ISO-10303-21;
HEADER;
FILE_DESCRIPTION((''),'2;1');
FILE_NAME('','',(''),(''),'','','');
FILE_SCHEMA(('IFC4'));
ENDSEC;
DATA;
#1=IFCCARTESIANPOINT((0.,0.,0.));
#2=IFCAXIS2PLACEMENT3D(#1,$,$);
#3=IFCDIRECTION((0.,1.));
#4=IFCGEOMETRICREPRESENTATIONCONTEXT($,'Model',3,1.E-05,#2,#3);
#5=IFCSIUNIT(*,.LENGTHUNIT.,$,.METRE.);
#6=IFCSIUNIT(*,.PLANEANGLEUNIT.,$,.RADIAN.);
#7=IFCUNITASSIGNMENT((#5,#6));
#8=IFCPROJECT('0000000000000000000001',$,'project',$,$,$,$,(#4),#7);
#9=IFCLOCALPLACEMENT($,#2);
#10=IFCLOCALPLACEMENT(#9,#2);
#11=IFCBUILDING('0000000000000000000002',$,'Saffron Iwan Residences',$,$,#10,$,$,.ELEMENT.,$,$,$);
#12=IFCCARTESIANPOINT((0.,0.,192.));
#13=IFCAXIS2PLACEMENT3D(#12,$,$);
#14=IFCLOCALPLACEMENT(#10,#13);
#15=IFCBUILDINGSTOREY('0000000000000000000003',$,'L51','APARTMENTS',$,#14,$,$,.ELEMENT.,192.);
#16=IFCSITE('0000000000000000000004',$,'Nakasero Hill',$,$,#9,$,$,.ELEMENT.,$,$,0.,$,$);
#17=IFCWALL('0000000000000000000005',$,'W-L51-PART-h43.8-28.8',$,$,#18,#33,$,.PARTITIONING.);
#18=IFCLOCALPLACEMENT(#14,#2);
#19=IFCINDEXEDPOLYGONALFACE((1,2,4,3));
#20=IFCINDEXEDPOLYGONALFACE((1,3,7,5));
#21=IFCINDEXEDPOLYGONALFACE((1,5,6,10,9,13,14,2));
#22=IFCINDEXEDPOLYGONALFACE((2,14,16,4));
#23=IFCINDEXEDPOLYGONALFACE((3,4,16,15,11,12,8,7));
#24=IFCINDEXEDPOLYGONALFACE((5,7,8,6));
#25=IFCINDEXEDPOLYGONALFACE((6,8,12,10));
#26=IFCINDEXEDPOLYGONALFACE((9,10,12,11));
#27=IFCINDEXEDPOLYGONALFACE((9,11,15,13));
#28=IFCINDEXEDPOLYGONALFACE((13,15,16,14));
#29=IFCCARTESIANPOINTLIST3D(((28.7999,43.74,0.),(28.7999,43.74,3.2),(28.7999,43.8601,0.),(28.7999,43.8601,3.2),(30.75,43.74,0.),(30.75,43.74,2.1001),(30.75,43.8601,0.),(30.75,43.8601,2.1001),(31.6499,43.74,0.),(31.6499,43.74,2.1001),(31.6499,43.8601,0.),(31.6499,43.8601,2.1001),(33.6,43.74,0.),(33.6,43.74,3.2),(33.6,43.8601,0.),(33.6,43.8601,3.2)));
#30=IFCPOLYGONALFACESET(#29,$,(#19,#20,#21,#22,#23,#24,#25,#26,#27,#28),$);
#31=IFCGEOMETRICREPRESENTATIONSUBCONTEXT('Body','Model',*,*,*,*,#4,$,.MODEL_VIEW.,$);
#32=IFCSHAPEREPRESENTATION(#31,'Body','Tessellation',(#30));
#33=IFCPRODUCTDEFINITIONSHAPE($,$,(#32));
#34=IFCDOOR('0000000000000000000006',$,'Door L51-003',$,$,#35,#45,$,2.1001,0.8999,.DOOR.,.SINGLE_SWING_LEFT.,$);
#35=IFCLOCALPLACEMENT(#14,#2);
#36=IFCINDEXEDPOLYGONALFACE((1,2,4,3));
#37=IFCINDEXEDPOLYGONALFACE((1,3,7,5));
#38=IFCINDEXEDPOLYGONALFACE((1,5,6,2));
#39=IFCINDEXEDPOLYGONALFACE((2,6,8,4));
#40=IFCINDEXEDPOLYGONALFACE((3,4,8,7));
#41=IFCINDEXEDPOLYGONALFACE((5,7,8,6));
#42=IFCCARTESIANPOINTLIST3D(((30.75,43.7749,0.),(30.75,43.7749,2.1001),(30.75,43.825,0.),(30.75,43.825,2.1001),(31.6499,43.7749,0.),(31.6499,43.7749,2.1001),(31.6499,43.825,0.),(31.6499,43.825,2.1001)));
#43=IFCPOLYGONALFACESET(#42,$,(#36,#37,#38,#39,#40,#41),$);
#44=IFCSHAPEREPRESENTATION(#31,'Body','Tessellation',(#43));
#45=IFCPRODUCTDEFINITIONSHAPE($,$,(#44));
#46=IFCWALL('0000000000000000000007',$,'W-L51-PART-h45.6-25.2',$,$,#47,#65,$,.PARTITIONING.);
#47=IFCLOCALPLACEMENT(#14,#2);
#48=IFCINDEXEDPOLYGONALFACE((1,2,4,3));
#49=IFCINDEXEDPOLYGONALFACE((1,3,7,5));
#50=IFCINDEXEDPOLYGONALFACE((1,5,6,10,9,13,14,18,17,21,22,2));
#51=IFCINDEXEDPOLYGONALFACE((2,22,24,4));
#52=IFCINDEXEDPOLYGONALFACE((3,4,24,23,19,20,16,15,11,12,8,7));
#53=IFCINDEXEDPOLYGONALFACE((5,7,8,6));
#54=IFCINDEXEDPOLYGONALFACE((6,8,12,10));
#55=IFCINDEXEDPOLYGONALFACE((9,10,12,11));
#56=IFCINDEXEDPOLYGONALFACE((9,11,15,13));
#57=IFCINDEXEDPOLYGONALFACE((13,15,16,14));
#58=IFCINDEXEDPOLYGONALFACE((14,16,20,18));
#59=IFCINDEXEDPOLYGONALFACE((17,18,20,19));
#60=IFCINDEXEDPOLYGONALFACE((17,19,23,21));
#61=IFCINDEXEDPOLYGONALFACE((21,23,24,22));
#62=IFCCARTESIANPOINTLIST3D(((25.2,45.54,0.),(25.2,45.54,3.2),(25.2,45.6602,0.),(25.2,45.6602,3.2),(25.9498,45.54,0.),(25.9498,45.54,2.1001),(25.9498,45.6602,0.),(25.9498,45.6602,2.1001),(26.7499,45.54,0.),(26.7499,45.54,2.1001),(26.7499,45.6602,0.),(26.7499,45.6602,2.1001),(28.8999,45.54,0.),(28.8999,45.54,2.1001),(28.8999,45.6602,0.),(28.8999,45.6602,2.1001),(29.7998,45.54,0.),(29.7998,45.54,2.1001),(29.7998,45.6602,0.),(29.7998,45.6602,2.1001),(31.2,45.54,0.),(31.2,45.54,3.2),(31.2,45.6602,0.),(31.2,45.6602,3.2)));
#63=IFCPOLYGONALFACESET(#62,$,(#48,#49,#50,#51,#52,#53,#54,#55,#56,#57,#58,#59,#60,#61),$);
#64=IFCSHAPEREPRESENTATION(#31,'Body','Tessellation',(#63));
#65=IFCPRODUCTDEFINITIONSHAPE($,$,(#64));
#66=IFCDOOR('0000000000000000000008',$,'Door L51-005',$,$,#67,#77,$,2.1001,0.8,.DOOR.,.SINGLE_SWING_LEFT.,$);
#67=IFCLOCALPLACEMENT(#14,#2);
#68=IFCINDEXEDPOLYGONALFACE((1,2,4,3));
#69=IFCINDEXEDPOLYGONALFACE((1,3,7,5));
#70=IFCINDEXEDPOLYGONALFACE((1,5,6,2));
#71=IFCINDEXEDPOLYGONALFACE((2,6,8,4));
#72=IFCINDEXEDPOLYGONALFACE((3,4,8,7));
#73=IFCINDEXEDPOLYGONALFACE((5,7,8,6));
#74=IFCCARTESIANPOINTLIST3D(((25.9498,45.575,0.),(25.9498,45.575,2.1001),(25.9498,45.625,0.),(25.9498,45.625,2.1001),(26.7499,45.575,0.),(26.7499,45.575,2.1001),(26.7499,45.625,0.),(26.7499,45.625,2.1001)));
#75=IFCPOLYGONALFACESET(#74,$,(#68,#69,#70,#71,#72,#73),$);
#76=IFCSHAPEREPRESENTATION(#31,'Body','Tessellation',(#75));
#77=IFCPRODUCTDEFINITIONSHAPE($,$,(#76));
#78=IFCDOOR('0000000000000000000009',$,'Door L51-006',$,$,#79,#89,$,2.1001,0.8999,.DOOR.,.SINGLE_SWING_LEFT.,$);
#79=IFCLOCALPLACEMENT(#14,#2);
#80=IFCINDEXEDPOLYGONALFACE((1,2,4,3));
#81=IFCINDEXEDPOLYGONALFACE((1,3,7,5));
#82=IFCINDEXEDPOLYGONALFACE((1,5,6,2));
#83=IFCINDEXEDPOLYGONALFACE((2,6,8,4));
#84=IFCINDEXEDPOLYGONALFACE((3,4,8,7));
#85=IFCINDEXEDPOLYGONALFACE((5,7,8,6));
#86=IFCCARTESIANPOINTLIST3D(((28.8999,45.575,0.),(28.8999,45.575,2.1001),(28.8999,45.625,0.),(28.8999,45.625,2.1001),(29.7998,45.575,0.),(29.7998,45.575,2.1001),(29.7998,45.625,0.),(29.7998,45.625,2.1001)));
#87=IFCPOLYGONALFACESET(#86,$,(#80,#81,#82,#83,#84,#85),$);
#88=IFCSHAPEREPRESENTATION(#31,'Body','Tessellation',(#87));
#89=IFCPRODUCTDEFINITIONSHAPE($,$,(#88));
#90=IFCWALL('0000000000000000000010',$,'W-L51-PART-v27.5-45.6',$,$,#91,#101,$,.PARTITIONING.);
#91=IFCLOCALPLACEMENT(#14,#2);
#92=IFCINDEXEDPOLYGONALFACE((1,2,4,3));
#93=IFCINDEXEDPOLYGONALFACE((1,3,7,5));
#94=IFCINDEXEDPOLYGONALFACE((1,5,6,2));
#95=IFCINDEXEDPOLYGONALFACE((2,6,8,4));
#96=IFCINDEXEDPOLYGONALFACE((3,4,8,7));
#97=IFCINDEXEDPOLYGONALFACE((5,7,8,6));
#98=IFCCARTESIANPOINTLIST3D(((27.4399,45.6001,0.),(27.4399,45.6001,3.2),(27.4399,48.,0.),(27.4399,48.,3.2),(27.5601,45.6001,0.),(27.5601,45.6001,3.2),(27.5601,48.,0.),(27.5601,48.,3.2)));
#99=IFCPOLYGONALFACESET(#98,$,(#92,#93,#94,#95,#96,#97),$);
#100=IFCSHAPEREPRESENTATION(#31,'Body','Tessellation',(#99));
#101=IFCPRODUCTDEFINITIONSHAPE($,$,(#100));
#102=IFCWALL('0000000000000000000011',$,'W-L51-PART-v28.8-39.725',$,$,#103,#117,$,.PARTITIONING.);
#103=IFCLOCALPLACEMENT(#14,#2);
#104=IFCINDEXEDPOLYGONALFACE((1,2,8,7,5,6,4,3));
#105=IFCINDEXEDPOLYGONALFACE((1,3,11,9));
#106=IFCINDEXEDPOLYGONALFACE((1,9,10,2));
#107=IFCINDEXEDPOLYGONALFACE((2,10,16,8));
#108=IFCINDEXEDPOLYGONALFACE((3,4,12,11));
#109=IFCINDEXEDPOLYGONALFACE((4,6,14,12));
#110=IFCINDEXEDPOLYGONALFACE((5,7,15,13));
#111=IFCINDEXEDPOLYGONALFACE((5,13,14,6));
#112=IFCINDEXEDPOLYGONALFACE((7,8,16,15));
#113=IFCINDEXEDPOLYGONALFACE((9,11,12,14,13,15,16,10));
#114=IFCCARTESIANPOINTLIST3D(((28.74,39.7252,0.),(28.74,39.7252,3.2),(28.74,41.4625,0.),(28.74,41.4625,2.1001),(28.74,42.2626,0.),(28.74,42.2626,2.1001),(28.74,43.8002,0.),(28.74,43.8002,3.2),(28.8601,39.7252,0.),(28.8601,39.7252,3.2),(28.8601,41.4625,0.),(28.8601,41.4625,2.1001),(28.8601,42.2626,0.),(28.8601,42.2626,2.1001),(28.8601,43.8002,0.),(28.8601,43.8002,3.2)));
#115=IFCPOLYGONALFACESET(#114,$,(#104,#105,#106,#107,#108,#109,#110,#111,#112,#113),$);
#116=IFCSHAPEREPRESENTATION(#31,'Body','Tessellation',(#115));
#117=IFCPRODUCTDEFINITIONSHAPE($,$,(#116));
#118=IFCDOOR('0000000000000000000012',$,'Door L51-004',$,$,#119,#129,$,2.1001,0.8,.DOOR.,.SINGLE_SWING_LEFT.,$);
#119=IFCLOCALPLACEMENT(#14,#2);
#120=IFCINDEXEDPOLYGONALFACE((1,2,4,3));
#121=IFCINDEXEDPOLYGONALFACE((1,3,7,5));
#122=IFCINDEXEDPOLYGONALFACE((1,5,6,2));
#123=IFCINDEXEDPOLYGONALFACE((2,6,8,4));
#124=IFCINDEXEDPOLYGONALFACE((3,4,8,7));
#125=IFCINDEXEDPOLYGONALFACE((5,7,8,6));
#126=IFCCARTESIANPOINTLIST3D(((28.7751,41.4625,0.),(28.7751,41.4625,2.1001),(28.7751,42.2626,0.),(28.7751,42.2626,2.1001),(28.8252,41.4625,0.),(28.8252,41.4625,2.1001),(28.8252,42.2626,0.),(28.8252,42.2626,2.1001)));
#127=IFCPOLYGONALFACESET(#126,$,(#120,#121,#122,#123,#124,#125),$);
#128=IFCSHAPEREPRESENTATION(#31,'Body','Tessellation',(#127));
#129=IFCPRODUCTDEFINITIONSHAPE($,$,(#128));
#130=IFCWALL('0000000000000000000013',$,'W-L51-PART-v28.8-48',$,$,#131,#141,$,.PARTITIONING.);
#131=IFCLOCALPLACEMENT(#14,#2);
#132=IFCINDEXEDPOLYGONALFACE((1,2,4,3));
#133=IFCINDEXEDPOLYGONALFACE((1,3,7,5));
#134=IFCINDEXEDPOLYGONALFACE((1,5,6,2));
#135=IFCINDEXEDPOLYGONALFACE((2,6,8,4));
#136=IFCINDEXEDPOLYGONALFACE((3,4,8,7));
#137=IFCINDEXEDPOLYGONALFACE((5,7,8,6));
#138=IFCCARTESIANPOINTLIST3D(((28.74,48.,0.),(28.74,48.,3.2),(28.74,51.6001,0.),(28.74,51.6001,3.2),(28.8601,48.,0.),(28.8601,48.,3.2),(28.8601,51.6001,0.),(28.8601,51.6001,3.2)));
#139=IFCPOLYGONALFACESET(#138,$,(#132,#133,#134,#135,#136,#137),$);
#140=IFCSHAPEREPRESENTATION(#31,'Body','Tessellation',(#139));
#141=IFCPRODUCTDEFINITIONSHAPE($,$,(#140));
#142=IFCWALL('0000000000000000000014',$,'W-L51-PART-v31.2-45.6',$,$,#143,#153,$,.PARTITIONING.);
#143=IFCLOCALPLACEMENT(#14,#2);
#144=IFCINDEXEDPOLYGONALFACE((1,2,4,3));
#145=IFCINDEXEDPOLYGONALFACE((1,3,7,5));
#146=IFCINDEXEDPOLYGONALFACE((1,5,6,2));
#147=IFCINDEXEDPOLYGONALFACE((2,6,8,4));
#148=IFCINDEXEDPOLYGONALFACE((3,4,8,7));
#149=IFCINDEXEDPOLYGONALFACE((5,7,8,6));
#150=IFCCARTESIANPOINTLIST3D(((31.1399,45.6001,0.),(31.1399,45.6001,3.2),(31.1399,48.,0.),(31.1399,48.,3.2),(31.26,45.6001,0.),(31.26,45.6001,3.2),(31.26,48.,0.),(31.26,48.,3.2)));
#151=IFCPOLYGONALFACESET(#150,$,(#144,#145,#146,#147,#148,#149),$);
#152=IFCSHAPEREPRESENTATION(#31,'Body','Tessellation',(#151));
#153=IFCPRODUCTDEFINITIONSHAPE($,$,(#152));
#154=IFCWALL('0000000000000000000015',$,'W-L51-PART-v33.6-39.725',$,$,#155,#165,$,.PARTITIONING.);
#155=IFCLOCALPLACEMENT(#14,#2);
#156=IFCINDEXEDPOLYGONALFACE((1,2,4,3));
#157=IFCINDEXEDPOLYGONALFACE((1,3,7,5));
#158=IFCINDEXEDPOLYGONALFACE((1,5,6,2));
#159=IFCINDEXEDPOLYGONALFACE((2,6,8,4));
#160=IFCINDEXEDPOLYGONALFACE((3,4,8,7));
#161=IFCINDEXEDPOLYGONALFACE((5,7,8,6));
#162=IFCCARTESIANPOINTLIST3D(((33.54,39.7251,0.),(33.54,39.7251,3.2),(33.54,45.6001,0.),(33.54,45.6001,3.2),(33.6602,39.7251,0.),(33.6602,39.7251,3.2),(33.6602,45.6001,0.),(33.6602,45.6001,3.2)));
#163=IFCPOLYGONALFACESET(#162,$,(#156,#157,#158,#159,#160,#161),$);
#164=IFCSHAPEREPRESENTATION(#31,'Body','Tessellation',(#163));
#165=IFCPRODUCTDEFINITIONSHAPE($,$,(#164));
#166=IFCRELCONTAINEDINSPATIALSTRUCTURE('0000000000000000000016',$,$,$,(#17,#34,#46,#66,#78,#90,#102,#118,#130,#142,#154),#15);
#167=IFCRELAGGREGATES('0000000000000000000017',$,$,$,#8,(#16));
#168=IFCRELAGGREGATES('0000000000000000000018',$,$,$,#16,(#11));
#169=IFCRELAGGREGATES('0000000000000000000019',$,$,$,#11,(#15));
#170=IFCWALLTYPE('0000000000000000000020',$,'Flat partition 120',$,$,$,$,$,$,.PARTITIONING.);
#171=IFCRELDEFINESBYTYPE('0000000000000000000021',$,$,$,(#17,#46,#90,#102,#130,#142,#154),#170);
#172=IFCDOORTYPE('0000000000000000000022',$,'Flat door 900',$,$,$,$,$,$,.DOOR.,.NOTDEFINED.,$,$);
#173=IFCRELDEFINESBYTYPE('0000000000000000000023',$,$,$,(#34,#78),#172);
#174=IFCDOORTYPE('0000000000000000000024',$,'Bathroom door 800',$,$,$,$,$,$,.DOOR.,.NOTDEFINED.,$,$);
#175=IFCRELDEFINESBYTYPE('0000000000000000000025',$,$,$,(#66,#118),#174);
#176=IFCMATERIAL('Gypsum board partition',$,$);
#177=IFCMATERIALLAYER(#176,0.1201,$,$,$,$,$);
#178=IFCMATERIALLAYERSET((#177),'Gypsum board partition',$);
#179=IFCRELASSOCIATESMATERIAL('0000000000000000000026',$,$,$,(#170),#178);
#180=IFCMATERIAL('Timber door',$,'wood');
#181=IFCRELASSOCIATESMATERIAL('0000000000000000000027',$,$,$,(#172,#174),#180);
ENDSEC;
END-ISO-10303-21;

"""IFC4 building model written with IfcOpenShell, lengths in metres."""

from ifc_helpers import new_model, si_unit, direction, frame, frame_2d, origin, place, context, subcontext, project, spatial, rectangle, extrude, material, layer, layer_set, type_object, element, fill, save


model = new_model("IFC4")

# Units and contexts
model_context = context("Model", 3, precision=1e-05, world=origin(), true_north=direction((0.0, 1.0)))
body_context = subcontext(model_context, "Body", "Model", "MODEL_VIEW")
ifc_project = project(units=[si_unit("LENGTHUNIT", "METRE"), si_unit("PLANEANGLEUNIT", "RADIAN")], contexts=[model_context])

# Site, building, storey
site_placement = place(None, origin())
site = spatial("IfcSite", under=ifc_project, at=site_placement, Name="Nakasero Hill", CompositionType="ELEMENT", RefElevation=0.0)
building_placement = place(site_placement, origin())
building = spatial("IfcBuilding", under=site, at=building_placement, Name="Saffron Iwan Residences", CompositionType="ELEMENT")
storey_placement = place(building_placement, frame((0.0, 0.0, 192.0)))
storey = spatial("IfcBuildingStorey", under=building, at=storey_placement, Name="L51", Description="APARTMENTS", CompositionType="ELEMENT", Elevation=192.0)

# Wall, opening, door
ifc_material_1 = material(Name="Gypsum board partition")
ifc_layer_1 = layer(ifc_material_1, 0.1201)
ifc_layer_set_1 = layer_set([ifc_layer_1], Name="Gypsum board partition")
wall_type_1 = type_object("IfcWallType", Name="Flat partition 120", PredefinedType="PARTITIONING", material=ifc_layer_set_1)
wall_1_placement = place(storey_placement, frame((28.8, 43.8, 0.0), z_axis=(0.0, 0.0, 1.0), x_axis=(1.0, 0.0, 0.0)))
wall_1 = element("IfcWall", 1, at=wall_1_placement, inside=storey, type_object=wall_type_1, Name="W-L51-PART-h43.8-28.8", PredefinedType="PARTITIONING", context=body_context, shape_type="SweptSolid", body=[
    extrude(rectangle(XDim=4.8, YDim=0.1201, at=frame_2d((2.3999, 0.0))), origin(), (0.0, 0.0, 1.0), 3.2),
])
opening_1_placement = place(wall_1_placement, frame((1.95, 0.0, 0.0)))
opening_1 = element("IfcOpeningElement", 2, at=opening_1_placement, cuts=wall_1, PredefinedType="OPENING", context=body_context, shape_type="SweptSolid", body=[
    extrude(rectangle(XDim=0.8999, YDim=2.1001, at=frame_2d((0.45, 1.05))), frame((0.0, 0.0701, 0.0), z_axis=(0.0, -1.0, 0.0), x_axis=(1.0, 0.0, 0.0)), (0.0, 0.0, 1.0), 0.1401),
])
ifc_material_2 = material(Name="Timber door", Category="wood")
door_type_1 = type_object("IfcDoorType", Name="Flat door 900", OperationType="NOTDEFINED", PredefinedType="DOOR", material=ifc_material_2)
door_1_placement = place(opening_1_placement, origin())
door_1 = element("IfcDoor", 3, at=door_1_placement, inside=storey, type_object=door_type_1, Name="Door L51-003", OperationType="SINGLE_SWING_LEFT", OverallHeight=2.1001, OverallWidth=0.8999, PredefinedType="DOOR", context=body_context, shape_type="SweptSolid", body=[
    extrude(rectangle(XDim=0.8999, YDim=2.1001, at=frame_2d((0.45, 1.05))), frame((0.0, 0.0249, 0.0), z_axis=(0.0, -1.0, 0.0), x_axis=(1.0, 0.0, 0.0)), (0.0, 0.0, 1.0), 0.05),
])
fill(opening_1, door_1)

# Wall, openings, doors
wall_2_placement = place(storey_placement, frame((25.2, 45.6001, 0.0), z_axis=(0.0, 0.0, 1.0), x_axis=(1.0, 0.0, 0.0)))
wall_2 = element("IfcWall", 4, at=wall_2_placement, inside=storey, type_object=wall_type_1, Name="W-L51-PART-h45.6-25.2", PredefinedType="PARTITIONING", context=body_context, shape_type="SweptSolid", body=[
    extrude(rectangle(XDim=6.0, YDim=0.1201, at=frame_2d((3.0, 0.0))), origin(), (0.0, 0.0, 1.0), 3.2),
])
opening_2_placement = place(wall_2_placement, frame((0.75, 0.0, 0.0)))
opening_2 = element("IfcOpeningElement", 5, at=opening_2_placement, cuts=wall_2, PredefinedType="OPENING", context=body_context, shape_type="SweptSolid", body=[
    extrude(rectangle(XDim=0.8, YDim=2.1001, at=frame_2d((0.3999, 1.05))), frame((0.0, 0.0701, 0.0), z_axis=(0.0, -1.0, 0.0), x_axis=(1.0, 0.0, 0.0)), (0.0, 0.0, 1.0), 0.1401),
])
opening_3_placement = place(wall_2_placement, frame((3.7, 0.0, 0.0)))
opening_3 = element("IfcOpeningElement", 6, at=opening_3_placement, cuts=wall_2, PredefinedType="OPENING", context=body_context, shape_type="SweptSolid", body=[
    extrude(rectangle(XDim=0.8999, YDim=2.1001, at=frame_2d((0.45, 1.05))), frame((0.0, 0.0701, 0.0), z_axis=(0.0, -1.0, 0.0), x_axis=(1.0, 0.0, 0.0)), (0.0, 0.0, 1.0), 0.1401),
])
door_type_2 = type_object("IfcDoorType", Name="Bathroom door 800", OperationType="NOTDEFINED", PredefinedType="DOOR", material=ifc_material_2)
door_2_placement = place(opening_2_placement, origin())
door_2 = element("IfcDoor", 7, at=door_2_placement, inside=storey, type_object=door_type_2, Name="Door L51-005", OperationType="SINGLE_SWING_LEFT", OverallHeight=2.1001, OverallWidth=0.8, PredefinedType="DOOR", context=body_context, shape_type="SweptSolid", body=[
    extrude(rectangle(XDim=0.8, YDim=2.1001, at=frame_2d((0.3999, 1.05))), frame((0.0, 0.0249, 0.0), z_axis=(0.0, -1.0, 0.0), x_axis=(1.0, 0.0, 0.0)), (0.0, 0.0, 1.0), 0.05),
])
fill(opening_2, door_2)
door_3_placement = place(opening_3_placement, origin())
door_3 = element("IfcDoor", 8, at=door_3_placement, inside=storey, type_object=door_type_1, Name="Door L51-006", OperationType="SINGLE_SWING_LEFT", OverallHeight=2.1001, OverallWidth=0.8999, PredefinedType="DOOR", context=body_context, shape_type="SweptSolid", body=[
    extrude(rectangle(XDim=0.8999, YDim=2.1001, at=frame_2d((0.45, 1.05))), frame((0.0, 0.0249, 0.0), z_axis=(0.0, -1.0, 0.0), x_axis=(1.0, 0.0, 0.0)), (0.0, 0.0, 1.0), 0.05),
])
fill(opening_3, door_3)

# Wall
wall_3_placement = place(storey_placement, frame((27.5, 45.6001, 0.0), z_axis=(0.0, 0.0, 1.0), x_axis=(0.0, 1.0, 0.0)))
element("IfcWall", 9, at=wall_3_placement, inside=storey, type_object=wall_type_1, Name="W-L51-PART-v27.5-45.6", PredefinedType="PARTITIONING", context=body_context, shape_type="SweptSolid", body=[
    extrude(rectangle(XDim=2.3999, YDim=0.1201, at=frame_2d((1.2, 0.0))), origin(), (0.0, 0.0, 1.0), 3.2),
])

# Wall, opening, door
wall_4_placement = place(storey_placement, frame((28.8, 39.7251, 0.0), z_axis=(0.0, 0.0, 1.0), x_axis=(0.0, 1.0, 0.0)))
wall_4 = element("IfcWall", 10, at=wall_4_placement, inside=storey, type_object=wall_type_1, Name="W-L51-PART-v28.8-39.725", PredefinedType="PARTITIONING", context=body_context, shape_type="SweptSolid", body=[
    extrude(rectangle(XDim=4.075, YDim=0.1201, at=frame_2d((2.0376, 0.0))), origin(), (0.0, 0.0, 1.0), 3.2),
])
opening_4_placement = place(wall_4_placement, frame((1.7375, 0.0, 0.0)))
opening_4 = element("IfcOpeningElement", 11, at=opening_4_placement, cuts=wall_4, PredefinedType="OPENING", context=body_context, shape_type="SweptSolid", body=[
    extrude(rectangle(XDim=0.8, YDim=2.1001, at=frame_2d((0.3999, 1.05))), frame((0.0, 0.0701, 0.0), z_axis=(0.0, -1.0, 0.0), x_axis=(1.0, 0.0, 0.0)), (0.0, 0.0, 1.0), 0.1401),
])
door_4_placement = place(opening_4_placement, origin())
door_4 = element("IfcDoor", 12, at=door_4_placement, inside=storey, type_object=door_type_2, Name="Door L51-004", OperationType="SINGLE_SWING_LEFT", OverallHeight=2.1001, OverallWidth=0.8, PredefinedType="DOOR", context=body_context, shape_type="SweptSolid", body=[
    extrude(rectangle(XDim=0.8, YDim=2.1001, at=frame_2d((0.3999, 1.05))), frame((0.0, 0.0249, 0.0), z_axis=(0.0, -1.0, 0.0), x_axis=(1.0, 0.0, 0.0)), (0.0, 0.0, 1.0), 0.05),
])
fill(opening_4, door_4)

# Walls
wall_5_placement = place(storey_placement, frame((28.8, 48.0, 0.0), z_axis=(0.0, 0.0, 1.0), x_axis=(0.0, 1.0, 0.0)))
element("IfcWall", 13, at=wall_5_placement, inside=storey, type_object=wall_type_1, Name="W-L51-PART-v28.8-48", PredefinedType="PARTITIONING", context=body_context, shape_type="SweptSolid", body=[
    extrude(rectangle(XDim=3.6001, YDim=0.1201, at=frame_2d((1.8, 0.0))), origin(), (0.0, 0.0, 1.0), 3.2),
])
wall_6_placement = place(storey_placement, frame((31.2, 45.6001, 0.0), z_axis=(0.0, 0.0, 1.0), x_axis=(0.0, 1.0, 0.0)))
element("IfcWall", 14, at=wall_6_placement, inside=storey, type_object=wall_type_1, Name="W-L51-PART-v31.2-45.6", PredefinedType="PARTITIONING", context=body_context, shape_type="SweptSolid", body=[
    extrude(rectangle(XDim=2.3999, YDim=0.1201, at=frame_2d((1.2, 0.0))), origin(), (0.0, 0.0, 1.0), 3.2),
])
wall_7_placement = place(storey_placement, frame((33.6001, 39.7251, 0.0), z_axis=(0.0, 0.0, 1.0), x_axis=(0.0, 1.0, 0.0)))
element("IfcWall", 15, at=wall_7_placement, inside=storey, type_object=wall_type_1, Name="W-L51-PART-v33.6-39.725", PredefinedType="PARTITIONING", context=body_context, shape_type="SweptSolid", body=[
    extrude(rectangle(XDim=5.875, YDim=0.1201, at=frame_2d((2.9375, 0.0))), origin(), (0.0, 0.0, 1.0), 3.2),
])

save(model, "model.ifc")
